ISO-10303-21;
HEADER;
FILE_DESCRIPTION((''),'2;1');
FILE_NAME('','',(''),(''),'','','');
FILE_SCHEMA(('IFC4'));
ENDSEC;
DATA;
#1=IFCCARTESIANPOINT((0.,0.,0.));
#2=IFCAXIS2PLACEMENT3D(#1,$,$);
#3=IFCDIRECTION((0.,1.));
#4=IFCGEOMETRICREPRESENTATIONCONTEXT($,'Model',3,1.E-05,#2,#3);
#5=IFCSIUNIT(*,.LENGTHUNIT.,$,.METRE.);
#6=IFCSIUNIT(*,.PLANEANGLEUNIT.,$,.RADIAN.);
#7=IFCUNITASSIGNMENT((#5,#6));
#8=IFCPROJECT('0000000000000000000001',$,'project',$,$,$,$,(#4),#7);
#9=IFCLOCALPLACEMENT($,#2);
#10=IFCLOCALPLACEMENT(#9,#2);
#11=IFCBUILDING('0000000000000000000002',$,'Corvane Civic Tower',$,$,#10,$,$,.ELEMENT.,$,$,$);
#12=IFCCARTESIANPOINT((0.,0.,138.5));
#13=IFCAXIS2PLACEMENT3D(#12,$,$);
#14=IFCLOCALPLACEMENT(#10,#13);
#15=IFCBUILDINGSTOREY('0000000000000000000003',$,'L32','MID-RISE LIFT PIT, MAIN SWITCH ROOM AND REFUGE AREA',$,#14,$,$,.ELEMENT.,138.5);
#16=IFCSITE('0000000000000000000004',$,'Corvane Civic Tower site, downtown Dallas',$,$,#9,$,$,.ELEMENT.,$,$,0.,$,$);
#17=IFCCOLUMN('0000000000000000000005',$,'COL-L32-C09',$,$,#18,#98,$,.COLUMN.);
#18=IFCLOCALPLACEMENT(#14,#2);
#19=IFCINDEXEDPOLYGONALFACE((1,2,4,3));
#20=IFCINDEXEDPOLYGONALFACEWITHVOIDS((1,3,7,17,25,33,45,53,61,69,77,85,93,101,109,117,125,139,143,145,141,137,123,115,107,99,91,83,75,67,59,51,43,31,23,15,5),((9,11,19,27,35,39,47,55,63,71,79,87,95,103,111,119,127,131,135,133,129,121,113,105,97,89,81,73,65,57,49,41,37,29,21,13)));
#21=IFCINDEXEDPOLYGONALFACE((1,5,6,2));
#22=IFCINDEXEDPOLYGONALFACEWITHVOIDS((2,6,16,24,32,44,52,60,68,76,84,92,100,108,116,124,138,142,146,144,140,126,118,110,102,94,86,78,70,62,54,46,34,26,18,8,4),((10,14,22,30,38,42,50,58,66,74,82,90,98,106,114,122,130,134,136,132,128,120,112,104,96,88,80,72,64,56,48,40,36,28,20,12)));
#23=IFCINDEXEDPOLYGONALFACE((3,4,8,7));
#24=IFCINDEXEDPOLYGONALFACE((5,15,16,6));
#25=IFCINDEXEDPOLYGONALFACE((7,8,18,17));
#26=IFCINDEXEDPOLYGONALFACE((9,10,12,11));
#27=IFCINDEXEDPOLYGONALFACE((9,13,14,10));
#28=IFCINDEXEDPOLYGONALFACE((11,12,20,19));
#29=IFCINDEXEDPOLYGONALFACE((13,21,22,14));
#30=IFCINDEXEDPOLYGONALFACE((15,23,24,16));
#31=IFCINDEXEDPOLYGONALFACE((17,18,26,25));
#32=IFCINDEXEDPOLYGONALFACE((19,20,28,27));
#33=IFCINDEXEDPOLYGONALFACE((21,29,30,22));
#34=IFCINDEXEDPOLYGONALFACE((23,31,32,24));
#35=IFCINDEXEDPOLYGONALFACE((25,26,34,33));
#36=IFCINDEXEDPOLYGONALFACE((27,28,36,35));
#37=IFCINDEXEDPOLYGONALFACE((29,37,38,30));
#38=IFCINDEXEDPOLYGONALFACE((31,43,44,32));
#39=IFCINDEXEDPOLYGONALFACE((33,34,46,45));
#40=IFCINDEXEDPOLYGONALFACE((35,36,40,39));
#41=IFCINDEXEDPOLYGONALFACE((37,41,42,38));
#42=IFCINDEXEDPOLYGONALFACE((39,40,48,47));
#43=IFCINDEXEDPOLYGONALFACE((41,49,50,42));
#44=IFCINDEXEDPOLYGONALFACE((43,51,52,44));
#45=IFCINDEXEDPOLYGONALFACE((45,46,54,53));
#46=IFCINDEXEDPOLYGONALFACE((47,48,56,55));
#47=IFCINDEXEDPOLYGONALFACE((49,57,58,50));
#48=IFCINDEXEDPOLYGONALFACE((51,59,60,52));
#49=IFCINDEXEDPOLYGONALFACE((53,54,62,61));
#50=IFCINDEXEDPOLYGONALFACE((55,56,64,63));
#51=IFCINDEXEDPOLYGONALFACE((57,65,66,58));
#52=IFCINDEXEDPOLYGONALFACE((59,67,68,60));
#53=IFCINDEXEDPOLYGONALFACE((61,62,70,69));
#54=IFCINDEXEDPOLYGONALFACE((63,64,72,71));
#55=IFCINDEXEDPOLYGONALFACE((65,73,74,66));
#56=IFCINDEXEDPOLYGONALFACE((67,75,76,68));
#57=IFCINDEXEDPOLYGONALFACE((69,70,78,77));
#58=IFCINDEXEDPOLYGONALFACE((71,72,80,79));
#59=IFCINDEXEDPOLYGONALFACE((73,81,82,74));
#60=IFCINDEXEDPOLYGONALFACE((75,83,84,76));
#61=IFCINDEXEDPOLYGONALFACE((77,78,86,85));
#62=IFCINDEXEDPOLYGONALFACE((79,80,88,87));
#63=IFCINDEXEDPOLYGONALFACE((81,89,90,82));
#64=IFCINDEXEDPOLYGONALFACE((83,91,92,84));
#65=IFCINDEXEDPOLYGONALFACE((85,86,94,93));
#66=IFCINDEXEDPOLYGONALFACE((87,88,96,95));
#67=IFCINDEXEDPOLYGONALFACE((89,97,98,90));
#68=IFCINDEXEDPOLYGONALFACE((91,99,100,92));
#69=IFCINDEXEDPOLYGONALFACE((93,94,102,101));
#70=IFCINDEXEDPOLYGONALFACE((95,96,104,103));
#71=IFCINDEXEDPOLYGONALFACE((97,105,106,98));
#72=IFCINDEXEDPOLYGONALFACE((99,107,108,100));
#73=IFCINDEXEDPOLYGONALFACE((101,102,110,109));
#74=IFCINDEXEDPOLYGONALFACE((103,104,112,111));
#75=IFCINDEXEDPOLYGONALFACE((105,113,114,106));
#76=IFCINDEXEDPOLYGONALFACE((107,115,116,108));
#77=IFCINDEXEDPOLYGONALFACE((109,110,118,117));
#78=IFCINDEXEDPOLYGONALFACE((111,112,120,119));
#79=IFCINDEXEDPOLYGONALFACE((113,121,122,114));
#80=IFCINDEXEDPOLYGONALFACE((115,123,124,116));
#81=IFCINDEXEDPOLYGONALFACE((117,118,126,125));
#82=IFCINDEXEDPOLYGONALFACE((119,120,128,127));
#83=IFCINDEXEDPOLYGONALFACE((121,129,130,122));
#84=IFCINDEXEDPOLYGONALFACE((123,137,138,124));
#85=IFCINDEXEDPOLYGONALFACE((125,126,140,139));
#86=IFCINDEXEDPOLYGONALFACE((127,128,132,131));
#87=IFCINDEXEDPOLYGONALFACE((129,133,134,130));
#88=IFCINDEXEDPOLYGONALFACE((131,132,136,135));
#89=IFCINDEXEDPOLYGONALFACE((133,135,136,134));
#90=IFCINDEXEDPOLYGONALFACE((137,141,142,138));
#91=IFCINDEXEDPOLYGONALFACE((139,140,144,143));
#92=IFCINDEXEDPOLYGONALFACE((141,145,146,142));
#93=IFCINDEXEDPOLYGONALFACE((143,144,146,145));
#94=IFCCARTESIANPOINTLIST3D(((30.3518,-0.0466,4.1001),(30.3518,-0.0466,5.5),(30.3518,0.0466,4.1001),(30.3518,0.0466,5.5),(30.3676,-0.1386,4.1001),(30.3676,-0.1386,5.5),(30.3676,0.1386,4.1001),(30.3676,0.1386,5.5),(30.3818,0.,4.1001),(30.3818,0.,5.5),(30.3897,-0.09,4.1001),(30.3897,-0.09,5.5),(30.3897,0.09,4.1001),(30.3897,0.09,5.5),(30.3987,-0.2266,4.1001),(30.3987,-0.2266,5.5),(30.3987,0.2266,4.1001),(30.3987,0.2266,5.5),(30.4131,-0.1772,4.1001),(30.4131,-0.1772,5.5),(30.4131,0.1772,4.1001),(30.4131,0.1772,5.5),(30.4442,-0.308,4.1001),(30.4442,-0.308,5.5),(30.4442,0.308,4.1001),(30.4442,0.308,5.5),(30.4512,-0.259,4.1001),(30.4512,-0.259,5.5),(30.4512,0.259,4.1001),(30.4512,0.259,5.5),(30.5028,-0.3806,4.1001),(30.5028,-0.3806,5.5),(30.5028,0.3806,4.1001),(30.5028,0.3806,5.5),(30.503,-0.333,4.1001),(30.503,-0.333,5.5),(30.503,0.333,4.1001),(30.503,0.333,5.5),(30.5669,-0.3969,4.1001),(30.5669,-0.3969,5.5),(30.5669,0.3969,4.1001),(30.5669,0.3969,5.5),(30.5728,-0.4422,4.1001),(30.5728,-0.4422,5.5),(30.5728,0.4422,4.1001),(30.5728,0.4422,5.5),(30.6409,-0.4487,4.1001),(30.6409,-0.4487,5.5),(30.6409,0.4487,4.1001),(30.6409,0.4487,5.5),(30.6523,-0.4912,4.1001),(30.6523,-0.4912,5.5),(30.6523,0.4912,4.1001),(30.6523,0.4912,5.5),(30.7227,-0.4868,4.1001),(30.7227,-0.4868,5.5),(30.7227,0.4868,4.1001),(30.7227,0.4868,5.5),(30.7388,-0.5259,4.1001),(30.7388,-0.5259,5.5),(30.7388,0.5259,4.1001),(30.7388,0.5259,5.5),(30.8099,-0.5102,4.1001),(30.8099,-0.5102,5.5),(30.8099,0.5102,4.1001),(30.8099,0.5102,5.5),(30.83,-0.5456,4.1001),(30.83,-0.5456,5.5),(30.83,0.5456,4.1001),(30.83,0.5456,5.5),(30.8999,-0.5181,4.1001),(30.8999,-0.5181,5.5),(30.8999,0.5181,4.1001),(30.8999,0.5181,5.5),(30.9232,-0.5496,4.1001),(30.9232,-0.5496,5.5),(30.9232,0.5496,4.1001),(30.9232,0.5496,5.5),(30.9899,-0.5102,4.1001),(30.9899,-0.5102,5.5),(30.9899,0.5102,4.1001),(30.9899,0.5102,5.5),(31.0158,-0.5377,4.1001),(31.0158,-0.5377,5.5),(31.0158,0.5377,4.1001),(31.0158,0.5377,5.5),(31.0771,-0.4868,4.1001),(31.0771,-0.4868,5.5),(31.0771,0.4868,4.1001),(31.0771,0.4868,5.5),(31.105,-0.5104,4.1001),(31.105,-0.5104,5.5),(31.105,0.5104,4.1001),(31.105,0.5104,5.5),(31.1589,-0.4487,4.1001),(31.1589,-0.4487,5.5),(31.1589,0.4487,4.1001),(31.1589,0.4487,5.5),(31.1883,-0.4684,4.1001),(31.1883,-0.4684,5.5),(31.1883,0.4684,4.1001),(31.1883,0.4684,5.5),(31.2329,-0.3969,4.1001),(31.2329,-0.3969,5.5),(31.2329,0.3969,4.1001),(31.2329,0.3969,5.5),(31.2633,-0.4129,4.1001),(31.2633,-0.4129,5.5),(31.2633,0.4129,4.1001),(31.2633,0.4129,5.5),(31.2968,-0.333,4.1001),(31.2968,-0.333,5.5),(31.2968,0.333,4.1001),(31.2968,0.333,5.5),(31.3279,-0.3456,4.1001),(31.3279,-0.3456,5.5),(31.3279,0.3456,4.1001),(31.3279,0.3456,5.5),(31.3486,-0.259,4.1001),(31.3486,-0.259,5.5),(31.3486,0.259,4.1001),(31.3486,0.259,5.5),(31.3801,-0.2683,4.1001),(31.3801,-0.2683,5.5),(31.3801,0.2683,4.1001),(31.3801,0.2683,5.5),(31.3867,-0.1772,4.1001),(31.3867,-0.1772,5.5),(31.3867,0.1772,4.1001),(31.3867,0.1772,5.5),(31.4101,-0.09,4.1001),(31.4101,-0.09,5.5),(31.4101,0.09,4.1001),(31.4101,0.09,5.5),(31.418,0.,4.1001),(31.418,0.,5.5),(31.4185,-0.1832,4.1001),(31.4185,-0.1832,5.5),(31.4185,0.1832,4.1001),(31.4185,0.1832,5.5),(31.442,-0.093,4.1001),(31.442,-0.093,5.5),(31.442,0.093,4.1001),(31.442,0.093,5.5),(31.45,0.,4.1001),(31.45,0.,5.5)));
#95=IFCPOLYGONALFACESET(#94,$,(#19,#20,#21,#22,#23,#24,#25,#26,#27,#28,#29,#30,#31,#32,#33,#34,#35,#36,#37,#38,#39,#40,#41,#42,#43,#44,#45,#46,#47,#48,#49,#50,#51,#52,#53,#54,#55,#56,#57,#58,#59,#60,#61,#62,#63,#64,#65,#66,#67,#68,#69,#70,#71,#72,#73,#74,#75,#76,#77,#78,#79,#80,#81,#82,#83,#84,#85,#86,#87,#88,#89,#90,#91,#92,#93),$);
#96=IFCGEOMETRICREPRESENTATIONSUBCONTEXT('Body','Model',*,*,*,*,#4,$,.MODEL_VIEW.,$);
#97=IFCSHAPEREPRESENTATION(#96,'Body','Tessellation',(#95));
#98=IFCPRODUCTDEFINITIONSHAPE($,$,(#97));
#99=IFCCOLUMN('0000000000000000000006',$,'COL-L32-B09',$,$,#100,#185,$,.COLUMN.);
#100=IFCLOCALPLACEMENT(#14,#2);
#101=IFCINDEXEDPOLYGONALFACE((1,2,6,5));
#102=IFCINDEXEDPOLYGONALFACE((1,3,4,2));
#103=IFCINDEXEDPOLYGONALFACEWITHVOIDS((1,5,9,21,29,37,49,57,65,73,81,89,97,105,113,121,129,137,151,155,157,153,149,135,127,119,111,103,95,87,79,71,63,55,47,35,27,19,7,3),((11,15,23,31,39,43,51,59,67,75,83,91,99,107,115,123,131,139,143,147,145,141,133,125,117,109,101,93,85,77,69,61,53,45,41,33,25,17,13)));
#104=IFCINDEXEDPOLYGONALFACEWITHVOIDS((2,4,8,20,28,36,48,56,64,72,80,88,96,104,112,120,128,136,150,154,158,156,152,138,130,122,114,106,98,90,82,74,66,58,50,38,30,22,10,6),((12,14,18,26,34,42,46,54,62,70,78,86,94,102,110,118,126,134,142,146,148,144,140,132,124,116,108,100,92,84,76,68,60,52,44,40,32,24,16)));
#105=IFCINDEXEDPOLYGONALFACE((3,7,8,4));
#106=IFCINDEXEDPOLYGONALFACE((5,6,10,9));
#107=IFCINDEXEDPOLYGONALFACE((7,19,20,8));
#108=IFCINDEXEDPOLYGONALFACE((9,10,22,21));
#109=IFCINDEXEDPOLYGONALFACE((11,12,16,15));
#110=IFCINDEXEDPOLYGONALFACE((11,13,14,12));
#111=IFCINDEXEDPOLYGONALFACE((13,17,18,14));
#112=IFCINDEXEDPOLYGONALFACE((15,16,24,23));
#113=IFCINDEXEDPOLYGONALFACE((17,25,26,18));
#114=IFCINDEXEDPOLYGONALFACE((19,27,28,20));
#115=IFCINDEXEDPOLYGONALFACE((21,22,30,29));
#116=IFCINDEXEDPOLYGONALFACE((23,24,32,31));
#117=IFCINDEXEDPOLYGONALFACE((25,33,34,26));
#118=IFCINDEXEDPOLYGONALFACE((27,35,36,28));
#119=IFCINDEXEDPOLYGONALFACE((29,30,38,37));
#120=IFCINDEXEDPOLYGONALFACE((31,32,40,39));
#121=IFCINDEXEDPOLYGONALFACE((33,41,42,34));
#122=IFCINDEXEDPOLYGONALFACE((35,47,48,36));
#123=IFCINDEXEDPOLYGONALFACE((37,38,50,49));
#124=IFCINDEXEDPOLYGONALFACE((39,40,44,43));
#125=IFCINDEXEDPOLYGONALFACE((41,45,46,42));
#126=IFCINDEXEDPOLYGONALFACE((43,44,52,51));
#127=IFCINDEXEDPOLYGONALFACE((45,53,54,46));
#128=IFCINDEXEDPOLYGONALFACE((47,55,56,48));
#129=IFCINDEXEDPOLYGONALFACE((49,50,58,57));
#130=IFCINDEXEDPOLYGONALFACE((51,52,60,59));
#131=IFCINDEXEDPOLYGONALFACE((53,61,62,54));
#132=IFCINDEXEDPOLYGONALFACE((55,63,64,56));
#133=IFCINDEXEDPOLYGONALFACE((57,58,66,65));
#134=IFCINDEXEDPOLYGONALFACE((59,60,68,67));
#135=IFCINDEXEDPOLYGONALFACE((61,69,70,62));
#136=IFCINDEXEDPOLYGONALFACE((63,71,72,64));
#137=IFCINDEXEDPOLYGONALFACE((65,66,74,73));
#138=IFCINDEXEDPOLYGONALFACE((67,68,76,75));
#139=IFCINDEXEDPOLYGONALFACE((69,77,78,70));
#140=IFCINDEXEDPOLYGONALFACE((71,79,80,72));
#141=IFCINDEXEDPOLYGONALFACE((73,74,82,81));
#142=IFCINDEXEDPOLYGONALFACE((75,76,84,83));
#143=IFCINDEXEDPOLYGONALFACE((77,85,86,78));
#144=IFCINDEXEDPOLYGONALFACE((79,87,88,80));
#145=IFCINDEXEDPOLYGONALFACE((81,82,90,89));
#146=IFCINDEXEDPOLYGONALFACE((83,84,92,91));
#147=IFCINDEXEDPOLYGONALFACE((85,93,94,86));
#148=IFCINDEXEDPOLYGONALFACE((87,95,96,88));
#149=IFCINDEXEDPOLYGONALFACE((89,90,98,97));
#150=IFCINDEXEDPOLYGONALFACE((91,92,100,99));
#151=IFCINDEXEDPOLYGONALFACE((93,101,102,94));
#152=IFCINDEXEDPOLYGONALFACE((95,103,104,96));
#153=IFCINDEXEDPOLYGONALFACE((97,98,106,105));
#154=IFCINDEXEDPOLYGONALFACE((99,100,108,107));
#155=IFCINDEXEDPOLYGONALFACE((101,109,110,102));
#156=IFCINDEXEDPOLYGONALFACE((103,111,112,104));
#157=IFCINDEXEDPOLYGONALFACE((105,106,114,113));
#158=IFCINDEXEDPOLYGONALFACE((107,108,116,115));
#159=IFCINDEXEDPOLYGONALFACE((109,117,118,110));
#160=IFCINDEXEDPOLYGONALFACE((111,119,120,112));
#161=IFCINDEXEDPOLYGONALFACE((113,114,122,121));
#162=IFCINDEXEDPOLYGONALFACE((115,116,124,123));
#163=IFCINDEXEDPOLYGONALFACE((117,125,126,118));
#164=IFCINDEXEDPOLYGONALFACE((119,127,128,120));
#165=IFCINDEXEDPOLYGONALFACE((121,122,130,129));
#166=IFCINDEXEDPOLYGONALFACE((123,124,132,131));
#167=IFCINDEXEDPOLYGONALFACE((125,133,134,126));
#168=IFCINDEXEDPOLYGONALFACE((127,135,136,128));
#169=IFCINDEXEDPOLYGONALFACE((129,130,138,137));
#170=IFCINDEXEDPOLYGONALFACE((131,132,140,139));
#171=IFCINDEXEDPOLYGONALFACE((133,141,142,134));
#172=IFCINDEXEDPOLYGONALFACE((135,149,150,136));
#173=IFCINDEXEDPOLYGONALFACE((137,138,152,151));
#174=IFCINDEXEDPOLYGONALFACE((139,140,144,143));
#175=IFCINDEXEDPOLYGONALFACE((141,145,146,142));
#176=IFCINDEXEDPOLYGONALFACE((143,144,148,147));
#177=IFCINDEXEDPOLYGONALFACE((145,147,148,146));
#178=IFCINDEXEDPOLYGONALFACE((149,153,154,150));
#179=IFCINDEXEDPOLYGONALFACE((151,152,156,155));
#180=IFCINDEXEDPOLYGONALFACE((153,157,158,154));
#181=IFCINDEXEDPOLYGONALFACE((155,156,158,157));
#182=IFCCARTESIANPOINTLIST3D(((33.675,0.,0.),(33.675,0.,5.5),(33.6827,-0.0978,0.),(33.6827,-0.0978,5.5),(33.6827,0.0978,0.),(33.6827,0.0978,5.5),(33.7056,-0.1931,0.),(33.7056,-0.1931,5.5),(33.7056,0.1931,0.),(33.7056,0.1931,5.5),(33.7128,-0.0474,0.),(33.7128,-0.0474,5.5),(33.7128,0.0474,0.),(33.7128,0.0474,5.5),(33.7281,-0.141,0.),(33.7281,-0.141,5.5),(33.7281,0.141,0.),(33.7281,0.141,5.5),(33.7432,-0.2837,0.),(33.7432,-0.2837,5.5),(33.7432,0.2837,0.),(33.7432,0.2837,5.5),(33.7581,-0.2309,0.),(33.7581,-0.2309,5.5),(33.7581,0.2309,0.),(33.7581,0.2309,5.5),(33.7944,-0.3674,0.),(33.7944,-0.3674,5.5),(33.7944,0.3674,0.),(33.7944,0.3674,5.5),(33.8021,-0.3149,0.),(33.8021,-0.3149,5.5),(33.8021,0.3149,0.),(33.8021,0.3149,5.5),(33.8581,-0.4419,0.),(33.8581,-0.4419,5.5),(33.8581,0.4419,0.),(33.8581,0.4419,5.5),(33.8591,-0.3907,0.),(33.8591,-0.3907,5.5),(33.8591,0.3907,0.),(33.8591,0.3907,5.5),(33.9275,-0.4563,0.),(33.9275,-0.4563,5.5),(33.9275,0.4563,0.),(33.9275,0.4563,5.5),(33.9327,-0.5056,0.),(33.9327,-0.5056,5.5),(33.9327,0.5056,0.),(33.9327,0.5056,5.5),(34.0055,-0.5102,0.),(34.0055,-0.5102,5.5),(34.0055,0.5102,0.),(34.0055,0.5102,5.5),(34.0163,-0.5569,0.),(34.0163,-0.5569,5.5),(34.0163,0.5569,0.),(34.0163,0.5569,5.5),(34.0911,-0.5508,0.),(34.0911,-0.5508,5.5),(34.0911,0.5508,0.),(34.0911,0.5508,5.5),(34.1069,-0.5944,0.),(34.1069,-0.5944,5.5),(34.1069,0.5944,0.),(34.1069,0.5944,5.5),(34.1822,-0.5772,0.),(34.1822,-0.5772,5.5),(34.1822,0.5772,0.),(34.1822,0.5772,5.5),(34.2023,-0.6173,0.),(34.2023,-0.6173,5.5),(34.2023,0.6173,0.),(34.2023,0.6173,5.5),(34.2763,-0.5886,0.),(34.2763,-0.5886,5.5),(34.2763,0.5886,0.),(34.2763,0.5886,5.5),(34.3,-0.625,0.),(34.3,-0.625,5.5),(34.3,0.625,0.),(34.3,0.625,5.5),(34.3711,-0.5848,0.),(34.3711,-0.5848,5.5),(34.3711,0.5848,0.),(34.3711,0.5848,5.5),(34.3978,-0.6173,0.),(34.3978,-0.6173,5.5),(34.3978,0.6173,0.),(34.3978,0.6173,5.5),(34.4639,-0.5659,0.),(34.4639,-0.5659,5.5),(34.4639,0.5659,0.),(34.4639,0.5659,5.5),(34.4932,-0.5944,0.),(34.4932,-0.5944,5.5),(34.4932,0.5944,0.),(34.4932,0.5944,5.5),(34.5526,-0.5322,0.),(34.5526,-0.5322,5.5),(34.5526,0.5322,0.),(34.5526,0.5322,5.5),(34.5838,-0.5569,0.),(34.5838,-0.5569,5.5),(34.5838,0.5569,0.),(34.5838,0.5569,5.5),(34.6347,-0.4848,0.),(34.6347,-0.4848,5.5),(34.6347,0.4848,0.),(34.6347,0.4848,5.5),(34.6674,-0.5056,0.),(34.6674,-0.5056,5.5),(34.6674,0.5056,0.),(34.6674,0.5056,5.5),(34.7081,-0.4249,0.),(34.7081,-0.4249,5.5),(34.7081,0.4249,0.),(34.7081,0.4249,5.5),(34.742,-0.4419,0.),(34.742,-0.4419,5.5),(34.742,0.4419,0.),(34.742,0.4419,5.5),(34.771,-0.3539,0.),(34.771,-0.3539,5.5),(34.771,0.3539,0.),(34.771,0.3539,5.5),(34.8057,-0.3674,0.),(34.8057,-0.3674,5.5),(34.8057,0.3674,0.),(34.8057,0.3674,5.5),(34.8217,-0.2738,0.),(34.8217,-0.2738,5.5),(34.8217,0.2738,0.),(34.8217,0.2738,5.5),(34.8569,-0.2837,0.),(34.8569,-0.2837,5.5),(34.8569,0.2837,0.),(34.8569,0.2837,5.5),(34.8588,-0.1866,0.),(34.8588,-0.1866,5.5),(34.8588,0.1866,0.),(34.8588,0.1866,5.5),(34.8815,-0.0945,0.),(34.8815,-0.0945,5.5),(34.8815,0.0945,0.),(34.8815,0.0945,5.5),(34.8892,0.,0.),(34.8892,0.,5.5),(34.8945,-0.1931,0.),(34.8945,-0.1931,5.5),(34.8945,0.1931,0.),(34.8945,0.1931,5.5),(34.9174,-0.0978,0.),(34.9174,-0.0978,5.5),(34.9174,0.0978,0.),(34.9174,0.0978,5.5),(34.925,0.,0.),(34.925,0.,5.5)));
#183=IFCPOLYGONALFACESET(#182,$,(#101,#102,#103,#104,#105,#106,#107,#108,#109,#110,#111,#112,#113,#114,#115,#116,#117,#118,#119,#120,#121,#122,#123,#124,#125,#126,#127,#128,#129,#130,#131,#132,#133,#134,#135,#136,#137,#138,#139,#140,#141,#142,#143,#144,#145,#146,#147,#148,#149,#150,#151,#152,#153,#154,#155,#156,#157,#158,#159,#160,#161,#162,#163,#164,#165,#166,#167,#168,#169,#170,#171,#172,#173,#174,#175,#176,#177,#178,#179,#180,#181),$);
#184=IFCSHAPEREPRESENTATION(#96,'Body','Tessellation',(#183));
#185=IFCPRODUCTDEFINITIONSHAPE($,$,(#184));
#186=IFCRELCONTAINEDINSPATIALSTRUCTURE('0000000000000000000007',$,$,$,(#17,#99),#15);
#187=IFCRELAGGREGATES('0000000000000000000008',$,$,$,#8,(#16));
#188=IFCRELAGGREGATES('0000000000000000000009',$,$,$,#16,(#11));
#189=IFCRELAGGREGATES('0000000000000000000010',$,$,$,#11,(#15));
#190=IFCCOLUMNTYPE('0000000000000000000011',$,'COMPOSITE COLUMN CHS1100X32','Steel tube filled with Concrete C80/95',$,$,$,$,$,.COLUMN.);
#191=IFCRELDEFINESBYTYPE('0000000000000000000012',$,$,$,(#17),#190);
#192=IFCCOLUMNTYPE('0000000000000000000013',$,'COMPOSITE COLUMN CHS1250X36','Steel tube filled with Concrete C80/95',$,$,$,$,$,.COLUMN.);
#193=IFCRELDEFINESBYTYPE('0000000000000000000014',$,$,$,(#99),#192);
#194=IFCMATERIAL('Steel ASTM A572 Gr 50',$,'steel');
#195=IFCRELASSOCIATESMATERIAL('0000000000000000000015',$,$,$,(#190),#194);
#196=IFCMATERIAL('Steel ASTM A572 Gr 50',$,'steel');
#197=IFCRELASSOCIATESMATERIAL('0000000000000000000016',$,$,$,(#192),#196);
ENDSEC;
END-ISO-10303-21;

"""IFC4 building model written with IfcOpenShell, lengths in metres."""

from ifc_helpers import new_model, si_unit, direction, frame, origin, origin_2d, place, context, subcontext, project, spatial, hollow_circle, extrude, material, material_profile, profile_set, type_object, element, save


model = new_model("IFC4")

# Units and contexts
model_context = context("Model", 3, precision=1e-05, world=origin(), true_north=direction((0.0, 1.0)))
body_context = subcontext(model_context, "Body", "Model", "MODEL_VIEW")
ifc_project = project(units=[si_unit("LENGTHUNIT", "METRE"), si_unit("PLANEANGLEUNIT", "RADIAN")], contexts=[model_context])

# Site, building, storey
site_placement = place(None, origin())
site = spatial("IfcSite", under=ifc_project, at=site_placement, Name="Corvane Civic Tower site, downtown Dallas", CompositionType="ELEMENT", RefElevation=0.0)
building_placement = place(site_placement, origin())
building = spatial("IfcBuilding", under=site, at=building_placement, Name="Corvane Civic Tower", CompositionType="ELEMENT")
storey_placement = place(building_placement, frame((0.0, 0.0, 138.5)))
storey = spatial("IfcBuildingStorey", under=building, at=storey_placement, Name="L32", Description="MID-RISE LIFT PIT, MAIN SWITCH ROOM AND REFUGE AREA", CompositionType="ELEMENT", Elevation=138.5)

# Columns
ifc_material_1 = material(Name="Steel ASTM A572 Gr 50", Category="steel")
ifc_material_profile_1 = material_profile(ifc_material_1, hollow_circle(Radius=0.55, WallThickness=0.032, at=origin_2d()), Name="CHS1100X32")
ifc_profile_set_1 = profile_set([ifc_material_profile_1], Name="Steel ASTM A572 Gr 50")
column_type_1 = type_object("IfcColumnType", Name="COMPOSITE COLUMN CHS1100X32", Description="Steel tube filled with Concrete C80/95", PredefinedType="COLUMN", material=ifc_profile_set_1)
column_1_placement = place(storey_placement, frame((30.8999, 0.0, 4.1001), z_axis=(0.0, 0.0, 1.0), x_axis=(1.0, 0.0, 0.0)))
element("IfcColumn", 1, at=column_1_placement, inside=storey, type_object=column_type_1, Name="COL-L32-C09", PredefinedType="COLUMN", context=body_context, shape_type="SweptSolid", body=[
    extrude(hollow_circle(Radius=0.55, WallThickness=0.032, at=origin_2d()), origin(), (0.0, 0.0, 1.0), 1.3999),
])
ifc_material_2 = material(Name="Steel ASTM A572 Gr 50", Category="steel")
ifc_material_profile_2 = material_profile(ifc_material_2, hollow_circle(Radius=0.625, WallThickness=0.0359, at=origin_2d()), Name="CHS1250X36")
ifc_profile_set_2 = profile_set([ifc_material_profile_2], Name="Steel ASTM A572 Gr 50")
column_type_2 = type_object("IfcColumnType", Name="COMPOSITE COLUMN CHS1250X36", Description="Steel tube filled with Concrete C80/95", PredefinedType="COLUMN", material=ifc_profile_set_2)
column_2_placement = place(storey_placement, frame((34.3, 0.0, 0.0), z_axis=(0.0, 0.0, 1.0), x_axis=(1.0, 0.0, 0.0)))
element("IfcColumn", 2, at=column_2_placement, inside=storey, type_object=column_type_2, Name="COL-L32-B09", PredefinedType="COLUMN", context=body_context, shape_type="SweptSolid", body=[
    extrude(hollow_circle(Radius=0.625, WallThickness=0.0359, at=origin_2d()), origin(), (0.0, 0.0, 1.0), 5.5),
])

save(model, "model.ifc")
